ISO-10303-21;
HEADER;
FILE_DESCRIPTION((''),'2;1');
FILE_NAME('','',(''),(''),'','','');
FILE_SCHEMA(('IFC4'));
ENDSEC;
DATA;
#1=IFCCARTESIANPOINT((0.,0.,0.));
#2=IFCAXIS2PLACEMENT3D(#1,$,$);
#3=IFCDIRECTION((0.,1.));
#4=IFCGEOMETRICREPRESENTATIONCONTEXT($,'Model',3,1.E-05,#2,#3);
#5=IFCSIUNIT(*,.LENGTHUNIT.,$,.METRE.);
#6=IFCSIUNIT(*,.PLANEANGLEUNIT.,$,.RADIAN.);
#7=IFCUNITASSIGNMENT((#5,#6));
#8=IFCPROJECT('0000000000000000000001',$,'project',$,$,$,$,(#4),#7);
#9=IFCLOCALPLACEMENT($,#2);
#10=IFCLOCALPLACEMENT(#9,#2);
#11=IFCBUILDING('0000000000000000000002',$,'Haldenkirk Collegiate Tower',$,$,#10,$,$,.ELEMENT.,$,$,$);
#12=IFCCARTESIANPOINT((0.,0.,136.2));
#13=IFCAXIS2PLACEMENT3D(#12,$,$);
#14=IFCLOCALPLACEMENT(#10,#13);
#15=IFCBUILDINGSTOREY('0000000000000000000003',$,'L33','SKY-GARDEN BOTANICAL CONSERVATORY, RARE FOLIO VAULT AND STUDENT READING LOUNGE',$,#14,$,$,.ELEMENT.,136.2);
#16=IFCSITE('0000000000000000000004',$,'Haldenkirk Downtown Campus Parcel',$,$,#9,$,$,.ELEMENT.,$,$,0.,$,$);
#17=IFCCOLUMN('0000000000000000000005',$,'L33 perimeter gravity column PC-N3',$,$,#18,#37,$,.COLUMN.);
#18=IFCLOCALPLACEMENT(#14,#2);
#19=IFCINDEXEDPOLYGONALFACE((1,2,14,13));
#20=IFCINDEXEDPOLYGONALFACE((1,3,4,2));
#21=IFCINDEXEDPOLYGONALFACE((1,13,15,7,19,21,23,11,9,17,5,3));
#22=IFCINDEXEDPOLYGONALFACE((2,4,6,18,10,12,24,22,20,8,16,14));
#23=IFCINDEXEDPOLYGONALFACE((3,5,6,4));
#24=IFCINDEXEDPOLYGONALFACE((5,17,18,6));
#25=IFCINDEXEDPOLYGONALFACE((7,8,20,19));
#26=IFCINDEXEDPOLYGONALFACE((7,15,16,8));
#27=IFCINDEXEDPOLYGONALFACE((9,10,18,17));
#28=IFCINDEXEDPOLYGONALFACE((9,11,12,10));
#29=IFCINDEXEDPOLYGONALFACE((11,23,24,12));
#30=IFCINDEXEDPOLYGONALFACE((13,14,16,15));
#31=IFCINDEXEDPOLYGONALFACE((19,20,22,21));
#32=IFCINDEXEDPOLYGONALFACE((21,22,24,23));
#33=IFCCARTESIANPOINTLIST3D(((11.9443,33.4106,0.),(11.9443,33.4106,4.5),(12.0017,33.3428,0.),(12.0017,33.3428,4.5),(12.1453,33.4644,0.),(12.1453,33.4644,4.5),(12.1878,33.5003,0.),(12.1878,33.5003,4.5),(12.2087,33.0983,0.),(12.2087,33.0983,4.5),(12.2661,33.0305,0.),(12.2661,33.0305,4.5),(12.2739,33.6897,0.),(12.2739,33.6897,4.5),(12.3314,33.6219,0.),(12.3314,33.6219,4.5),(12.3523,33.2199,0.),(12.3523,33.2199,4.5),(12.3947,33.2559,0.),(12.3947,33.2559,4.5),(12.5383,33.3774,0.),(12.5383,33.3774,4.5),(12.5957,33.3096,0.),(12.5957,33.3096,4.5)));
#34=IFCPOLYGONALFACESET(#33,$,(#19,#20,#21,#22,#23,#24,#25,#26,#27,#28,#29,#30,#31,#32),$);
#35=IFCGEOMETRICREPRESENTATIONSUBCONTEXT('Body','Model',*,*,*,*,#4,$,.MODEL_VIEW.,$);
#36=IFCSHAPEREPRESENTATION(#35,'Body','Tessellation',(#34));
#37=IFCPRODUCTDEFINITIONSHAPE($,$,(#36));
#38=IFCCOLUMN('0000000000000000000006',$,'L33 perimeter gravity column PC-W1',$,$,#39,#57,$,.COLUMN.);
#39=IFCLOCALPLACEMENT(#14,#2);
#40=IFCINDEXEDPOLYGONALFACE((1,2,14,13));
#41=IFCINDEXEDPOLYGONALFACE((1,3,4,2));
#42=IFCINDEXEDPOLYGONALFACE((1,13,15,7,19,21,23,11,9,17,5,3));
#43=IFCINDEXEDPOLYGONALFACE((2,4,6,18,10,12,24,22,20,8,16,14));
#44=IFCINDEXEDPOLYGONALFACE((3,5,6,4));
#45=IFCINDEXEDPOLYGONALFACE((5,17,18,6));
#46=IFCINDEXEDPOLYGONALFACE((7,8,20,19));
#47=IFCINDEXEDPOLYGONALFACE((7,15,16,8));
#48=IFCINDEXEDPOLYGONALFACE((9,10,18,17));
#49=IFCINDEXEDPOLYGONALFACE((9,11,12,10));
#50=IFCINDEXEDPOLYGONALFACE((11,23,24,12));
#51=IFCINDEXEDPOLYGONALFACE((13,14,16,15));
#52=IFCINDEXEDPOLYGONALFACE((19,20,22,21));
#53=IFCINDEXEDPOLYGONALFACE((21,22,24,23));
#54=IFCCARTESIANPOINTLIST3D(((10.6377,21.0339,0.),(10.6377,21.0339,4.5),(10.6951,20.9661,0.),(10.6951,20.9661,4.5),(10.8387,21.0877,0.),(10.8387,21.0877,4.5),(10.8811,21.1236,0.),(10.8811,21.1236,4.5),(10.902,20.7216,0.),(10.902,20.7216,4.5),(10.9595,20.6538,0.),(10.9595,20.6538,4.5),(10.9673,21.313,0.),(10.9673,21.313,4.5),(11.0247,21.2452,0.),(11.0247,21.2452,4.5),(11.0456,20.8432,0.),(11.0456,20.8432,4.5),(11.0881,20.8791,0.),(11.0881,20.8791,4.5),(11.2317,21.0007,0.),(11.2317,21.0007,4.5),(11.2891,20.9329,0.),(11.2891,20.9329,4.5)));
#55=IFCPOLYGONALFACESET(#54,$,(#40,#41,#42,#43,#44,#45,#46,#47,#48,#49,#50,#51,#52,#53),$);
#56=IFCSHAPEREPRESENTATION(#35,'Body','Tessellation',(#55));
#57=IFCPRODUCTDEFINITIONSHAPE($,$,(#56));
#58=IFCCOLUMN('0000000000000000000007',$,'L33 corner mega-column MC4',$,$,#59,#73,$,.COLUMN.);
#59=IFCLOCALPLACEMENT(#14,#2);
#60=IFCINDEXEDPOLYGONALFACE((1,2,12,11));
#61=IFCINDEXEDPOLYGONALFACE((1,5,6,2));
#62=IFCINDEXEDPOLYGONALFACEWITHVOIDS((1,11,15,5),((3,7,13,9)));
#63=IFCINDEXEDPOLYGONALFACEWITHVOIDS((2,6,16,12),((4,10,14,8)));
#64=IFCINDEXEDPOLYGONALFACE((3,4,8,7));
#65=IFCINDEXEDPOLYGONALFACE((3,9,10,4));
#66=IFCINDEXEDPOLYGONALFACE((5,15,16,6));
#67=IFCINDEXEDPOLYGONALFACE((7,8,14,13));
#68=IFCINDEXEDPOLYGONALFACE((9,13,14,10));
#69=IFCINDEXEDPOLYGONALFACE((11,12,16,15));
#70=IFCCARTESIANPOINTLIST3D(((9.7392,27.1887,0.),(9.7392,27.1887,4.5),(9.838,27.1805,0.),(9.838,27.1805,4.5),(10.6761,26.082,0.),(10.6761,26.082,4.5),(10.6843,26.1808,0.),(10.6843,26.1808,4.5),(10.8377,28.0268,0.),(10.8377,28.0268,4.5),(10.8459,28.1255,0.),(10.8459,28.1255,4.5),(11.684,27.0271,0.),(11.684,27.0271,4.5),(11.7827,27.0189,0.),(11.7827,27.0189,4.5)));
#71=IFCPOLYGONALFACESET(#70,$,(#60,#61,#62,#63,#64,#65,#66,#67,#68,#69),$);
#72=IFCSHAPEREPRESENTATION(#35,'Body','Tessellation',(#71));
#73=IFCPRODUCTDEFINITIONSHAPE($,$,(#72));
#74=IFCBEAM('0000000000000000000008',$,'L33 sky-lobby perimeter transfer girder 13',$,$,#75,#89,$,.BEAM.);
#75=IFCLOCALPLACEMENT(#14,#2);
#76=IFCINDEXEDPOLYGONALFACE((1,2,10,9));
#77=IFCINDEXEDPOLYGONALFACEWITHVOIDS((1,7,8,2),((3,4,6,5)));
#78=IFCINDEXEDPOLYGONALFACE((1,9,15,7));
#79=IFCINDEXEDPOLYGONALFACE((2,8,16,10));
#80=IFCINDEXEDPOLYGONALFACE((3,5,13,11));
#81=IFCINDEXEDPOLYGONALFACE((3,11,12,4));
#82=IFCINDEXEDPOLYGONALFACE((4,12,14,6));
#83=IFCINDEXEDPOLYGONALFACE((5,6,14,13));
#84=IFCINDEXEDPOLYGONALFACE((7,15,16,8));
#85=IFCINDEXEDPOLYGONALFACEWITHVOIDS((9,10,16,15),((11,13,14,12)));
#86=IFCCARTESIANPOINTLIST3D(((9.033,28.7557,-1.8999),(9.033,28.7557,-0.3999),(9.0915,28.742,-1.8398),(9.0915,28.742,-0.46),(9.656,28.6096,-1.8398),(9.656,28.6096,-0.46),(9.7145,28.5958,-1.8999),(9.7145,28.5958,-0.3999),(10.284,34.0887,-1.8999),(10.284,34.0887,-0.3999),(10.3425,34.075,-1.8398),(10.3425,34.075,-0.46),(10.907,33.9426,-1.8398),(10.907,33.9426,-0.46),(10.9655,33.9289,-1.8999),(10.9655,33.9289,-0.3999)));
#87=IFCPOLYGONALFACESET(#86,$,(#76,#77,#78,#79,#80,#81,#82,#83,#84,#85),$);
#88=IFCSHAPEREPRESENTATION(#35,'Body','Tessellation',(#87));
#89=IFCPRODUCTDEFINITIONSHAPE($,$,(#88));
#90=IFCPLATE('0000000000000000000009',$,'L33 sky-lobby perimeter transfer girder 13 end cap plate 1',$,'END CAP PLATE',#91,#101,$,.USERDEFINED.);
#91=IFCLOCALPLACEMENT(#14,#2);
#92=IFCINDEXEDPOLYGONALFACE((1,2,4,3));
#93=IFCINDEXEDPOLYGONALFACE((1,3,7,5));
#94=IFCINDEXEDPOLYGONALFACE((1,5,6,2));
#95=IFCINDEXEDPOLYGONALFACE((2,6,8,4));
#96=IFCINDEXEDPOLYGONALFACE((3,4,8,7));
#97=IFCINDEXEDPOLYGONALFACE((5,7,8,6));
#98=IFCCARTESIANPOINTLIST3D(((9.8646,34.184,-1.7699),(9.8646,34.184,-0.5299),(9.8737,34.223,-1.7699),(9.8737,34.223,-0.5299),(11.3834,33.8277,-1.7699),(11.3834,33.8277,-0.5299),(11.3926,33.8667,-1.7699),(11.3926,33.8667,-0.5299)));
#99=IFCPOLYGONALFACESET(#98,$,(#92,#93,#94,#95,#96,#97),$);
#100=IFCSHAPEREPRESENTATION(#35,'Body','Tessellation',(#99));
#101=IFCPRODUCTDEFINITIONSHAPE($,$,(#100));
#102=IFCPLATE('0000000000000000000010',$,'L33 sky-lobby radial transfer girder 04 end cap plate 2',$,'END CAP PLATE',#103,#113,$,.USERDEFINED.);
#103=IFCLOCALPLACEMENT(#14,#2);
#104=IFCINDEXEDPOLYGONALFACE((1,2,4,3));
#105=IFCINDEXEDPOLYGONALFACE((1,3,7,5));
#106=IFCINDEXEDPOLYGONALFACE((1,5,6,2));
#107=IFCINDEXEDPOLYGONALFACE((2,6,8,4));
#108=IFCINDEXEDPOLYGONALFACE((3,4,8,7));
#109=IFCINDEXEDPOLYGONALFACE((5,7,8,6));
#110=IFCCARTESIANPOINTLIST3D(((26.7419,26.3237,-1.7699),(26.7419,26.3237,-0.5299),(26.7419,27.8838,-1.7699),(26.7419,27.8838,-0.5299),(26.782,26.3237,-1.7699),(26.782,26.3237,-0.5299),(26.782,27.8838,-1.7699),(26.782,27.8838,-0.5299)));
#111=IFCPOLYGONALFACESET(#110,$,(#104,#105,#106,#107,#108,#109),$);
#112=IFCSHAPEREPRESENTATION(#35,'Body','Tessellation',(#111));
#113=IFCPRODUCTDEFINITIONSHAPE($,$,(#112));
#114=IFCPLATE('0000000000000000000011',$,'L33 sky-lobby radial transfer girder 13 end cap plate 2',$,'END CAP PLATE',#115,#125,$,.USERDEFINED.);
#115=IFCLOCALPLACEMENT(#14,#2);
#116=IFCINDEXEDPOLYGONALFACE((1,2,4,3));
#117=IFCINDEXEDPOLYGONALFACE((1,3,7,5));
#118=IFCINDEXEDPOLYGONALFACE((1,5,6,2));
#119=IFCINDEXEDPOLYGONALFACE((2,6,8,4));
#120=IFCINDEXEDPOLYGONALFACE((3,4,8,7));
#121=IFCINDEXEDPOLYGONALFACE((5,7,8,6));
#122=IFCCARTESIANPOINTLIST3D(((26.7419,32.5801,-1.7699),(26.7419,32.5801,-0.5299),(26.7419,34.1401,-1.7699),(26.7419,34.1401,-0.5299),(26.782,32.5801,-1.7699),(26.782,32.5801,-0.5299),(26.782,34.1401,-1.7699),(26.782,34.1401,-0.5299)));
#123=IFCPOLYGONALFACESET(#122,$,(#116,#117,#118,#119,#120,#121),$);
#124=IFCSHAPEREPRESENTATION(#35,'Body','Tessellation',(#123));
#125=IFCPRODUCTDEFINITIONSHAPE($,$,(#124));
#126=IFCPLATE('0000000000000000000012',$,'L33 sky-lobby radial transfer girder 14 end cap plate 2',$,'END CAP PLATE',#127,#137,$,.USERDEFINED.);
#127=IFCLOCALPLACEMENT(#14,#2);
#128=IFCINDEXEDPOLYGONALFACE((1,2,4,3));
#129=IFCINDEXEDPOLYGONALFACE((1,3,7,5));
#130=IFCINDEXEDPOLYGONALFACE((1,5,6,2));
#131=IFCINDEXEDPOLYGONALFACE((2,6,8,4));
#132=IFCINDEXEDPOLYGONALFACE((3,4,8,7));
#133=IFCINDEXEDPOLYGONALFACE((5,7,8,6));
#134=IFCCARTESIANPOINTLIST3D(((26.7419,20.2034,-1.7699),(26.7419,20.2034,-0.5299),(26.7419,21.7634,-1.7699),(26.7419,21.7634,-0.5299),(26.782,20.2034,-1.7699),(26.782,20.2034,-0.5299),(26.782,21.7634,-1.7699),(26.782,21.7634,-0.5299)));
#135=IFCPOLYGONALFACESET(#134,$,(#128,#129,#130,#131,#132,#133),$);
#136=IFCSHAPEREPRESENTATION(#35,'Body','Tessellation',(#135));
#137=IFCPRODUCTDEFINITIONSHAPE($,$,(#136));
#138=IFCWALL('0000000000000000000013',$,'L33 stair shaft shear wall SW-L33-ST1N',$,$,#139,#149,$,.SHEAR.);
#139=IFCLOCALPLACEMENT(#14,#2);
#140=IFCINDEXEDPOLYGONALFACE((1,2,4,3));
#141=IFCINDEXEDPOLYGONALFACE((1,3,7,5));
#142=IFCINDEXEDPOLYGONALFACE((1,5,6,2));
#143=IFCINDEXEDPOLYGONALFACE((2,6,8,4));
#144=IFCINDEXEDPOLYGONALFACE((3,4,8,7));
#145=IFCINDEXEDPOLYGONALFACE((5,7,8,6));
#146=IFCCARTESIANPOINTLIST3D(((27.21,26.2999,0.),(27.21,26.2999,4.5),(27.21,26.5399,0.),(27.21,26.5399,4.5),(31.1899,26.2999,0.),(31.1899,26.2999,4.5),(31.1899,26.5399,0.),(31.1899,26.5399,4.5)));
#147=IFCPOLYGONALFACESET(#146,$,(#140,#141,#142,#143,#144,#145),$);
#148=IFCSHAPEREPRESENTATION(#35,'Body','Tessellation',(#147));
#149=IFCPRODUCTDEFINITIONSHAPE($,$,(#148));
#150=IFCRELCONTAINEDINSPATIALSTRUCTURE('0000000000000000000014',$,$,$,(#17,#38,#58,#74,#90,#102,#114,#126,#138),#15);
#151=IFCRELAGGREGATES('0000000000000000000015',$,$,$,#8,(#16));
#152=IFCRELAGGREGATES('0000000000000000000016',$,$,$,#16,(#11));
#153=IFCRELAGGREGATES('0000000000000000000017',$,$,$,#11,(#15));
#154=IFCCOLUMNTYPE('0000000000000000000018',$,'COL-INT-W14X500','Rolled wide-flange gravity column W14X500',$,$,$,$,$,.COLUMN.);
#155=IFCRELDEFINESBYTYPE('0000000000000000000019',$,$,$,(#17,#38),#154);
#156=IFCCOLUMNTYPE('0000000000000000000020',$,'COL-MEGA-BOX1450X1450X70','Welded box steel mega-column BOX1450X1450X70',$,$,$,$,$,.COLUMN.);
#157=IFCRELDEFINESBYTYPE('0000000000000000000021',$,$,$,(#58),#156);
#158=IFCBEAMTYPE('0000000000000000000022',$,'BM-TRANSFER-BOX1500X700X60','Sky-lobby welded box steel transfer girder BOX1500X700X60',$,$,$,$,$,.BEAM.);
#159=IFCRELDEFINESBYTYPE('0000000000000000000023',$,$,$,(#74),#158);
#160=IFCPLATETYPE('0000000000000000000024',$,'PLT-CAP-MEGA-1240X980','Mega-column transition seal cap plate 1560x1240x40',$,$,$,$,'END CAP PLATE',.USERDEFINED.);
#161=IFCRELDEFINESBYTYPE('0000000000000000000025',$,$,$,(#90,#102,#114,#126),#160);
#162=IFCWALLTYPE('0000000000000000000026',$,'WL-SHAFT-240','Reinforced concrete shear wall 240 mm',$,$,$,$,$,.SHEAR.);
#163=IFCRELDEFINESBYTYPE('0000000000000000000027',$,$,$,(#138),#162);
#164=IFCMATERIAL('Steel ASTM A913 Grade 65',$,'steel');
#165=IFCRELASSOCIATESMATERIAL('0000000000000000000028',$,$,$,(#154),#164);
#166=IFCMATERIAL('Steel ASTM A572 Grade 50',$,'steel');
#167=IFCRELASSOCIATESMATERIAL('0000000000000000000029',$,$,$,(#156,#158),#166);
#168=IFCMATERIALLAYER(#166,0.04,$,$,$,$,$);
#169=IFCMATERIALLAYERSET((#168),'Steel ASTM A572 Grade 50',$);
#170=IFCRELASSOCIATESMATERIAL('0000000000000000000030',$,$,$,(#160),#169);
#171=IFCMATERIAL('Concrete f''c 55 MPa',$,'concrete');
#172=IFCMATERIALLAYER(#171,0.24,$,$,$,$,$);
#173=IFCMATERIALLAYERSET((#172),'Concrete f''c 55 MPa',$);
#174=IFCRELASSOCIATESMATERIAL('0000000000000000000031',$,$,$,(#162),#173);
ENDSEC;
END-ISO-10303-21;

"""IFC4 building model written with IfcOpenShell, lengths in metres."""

from ifc_helpers import new_model, si_unit, direction, frame, frame_2d, origin, origin_2d, place, context, subcontext, project, spatial, rectangle, hollow_rectangle, i_section, extrude, source, transform, mapped, material, layer, layer_set, material_profile, profile_set, type_object, element, save


model = new_model("IFC4")

# Units and contexts
model_context = context("Model", 3, precision=1e-05, world=origin(), true_north=direction((0.0, 1.0)))
body_context = subcontext(model_context, "Body", "Model", "MODEL_VIEW")
ifc_project = project(units=[si_unit("LENGTHUNIT", "METRE"), si_unit("PLANEANGLEUNIT", "RADIAN")], contexts=[model_context])

# Site, building, storey
site_placement = place(None, origin())
site = spatial("IfcSite", under=ifc_project, at=site_placement, Name="Haldenkirk Downtown Campus Parcel", CompositionType="ELEMENT", RefElevation=0.0)
building_placement = place(site_placement, origin())
building = spatial("IfcBuilding", under=site, at=building_placement, Name="Haldenkirk Collegiate Tower", CompositionType="ELEMENT")
storey_placement = place(building_placement, frame((0.0, 0.0, 136.2)))
storey = spatial("IfcBuildingStorey", under=building, at=storey_placement, Name="L33", Description="SKY-GARDEN BOTANICAL CONSERVATORY, RARE FOLIO VAULT AND STUDENT READING LOUNGE", CompositionType="ELEMENT", Elevation=136.2)

# Columns
ifc_material_1 = material(Name="Steel ASTM A913 Grade 65", Category="steel")
ifc_material_profile_1 = material_profile(ifc_material_1, i_section(OverallWidth=0.4319, OverallDepth=0.498, WebThickness=0.0557, FlangeThickness=0.0889, at=origin_2d()), Name="W14X500")
ifc_profile_set_1 = profile_set([ifc_material_profile_1], Name="Steel ASTM A913 Grade 65")
column_type_1 = type_object("IfcColumnType", Name="COL-INT-W14X500", Description="Rolled wide-flange gravity column W14X500", PredefinedType="COLUMN", material=ifc_profile_set_1)
for number, where, z_axis, x_axis, name in (
    (1, (12.27, 33.3601, 0.0), (0.0, 0.0, 1.0), (0.763232, 0.646124, 0.0), "L33 perimeter gravity column PC-N3"),
    (2, (10.9634, 20.9834, 0.0), (0.0, 0.0, 1.0), (0.763232, 0.646124, 0.0), "L33 perimeter gravity column PC-W1"),
):
    element("IfcColumn", number, at=place(storey_placement, frame(where, z_axis=z_axis, x_axis=x_axis)), inside=storey, type_object=column_type_1, Name=name, PredefinedType="COLUMN", context=body_context, shape_type="SweptSolid", body=[
        extrude(i_section(OverallWidth=0.4319, OverallDepth=0.498, WebThickness=0.0557, FlangeThickness=0.0889, at=origin_2d()), origin(), (0.0, 0.0, 1.0), 4.5),
    ])
ifc_material_2 = material(Name="Steel ASTM A572 Grade 50", Category="steel")
ifc_material_profile_2 = material_profile(ifc_material_2, hollow_rectangle(XDim=1.45, YDim=1.45, WallThickness=0.0701, at=origin_2d()), Name="BOX1450X1450X70")
ifc_profile_set_2 = profile_set([ifc_material_profile_2], Name="Steel ASTM A572 Grade 50")
column_type_2 = type_object("IfcColumnType", Name="COL-MEGA-BOX1450X1450X70", Description="Welded box steel mega-column BOX1450X1450X70", PredefinedType="COLUMN", material=ifc_profile_set_2)
column_placement = place(storey_placement, frame((10.761, 27.1038, 0.0), z_axis=(0.0, 0.0, 1.0), x_axis=(0.763232, 0.646124, 0.0)))
element("IfcColumn", 3, at=column_placement, inside=storey, type_object=column_type_2, Name="L33 corner mega-column MC4", PredefinedType="COLUMN", context=body_context, shape_type="SweptSolid", body=[
    extrude(hollow_rectangle(XDim=1.45, YDim=1.45, WallThickness=0.0701, at=origin_2d()), origin(), (0.0, 0.0, 1.0), 4.5),
])

# Beam
ifc_material_profile_3 = material_profile(ifc_material_2, hollow_rectangle(XDim=0.7, YDim=1.5, WallThickness=0.0601, at=origin_2d()), Name="BOX1500X700X60")
ifc_profile_set_3 = profile_set([ifc_material_profile_3], Name="Steel ASTM A572 Grade 50")
beam_type = type_object("IfcBeamType", Name="BM-TRANSFER-BOX1500X700X60", Description="Sky-lobby welded box steel transfer girder BOX1500X700X60", PredefinedType="BEAM", material=ifc_profile_set_3)
beam_placement = place(storey_placement, frame((10.6248, 34.0088, -1.1499), z_axis=(-0.228374, -0.973574, 0.0), x_axis=(0.973574, -0.228374, 0.0)))
element("IfcBeam", 4, at=beam_placement, inside=storey, type_object=beam_type, Name="L33 sky-lobby perimeter transfer girder 13", PredefinedType="BEAM", context=body_context, shape_type="SweptSolid", body=[
    extrude(hollow_rectangle(XDim=0.7, YDim=1.5, WallThickness=0.0601, at=origin_2d()), origin(), (0.0, 0.0, 1.0), 5.4778),
])

# Plates
ifc_layer_1 = layer(ifc_material_2, 0.04)
ifc_layer_set_1 = layer_set([ifc_layer_1], Name="Steel ASTM A572 Grade 50")
plate_type = type_object("IfcPlateType", Name="PLT-CAP-MEGA-1240X980", Description="Mega-column transition seal cap plate 1560x1240x40", ElementType="END CAP PLATE", PredefinedType="USERDEFINED", material=ifc_layer_set_1)
shared_shape = source(origin(), body_context, "Body", "SweptSolid", [
    extrude(rectangle(XDim=1.5601, YDim=1.24, at=origin_2d()), origin(), (0.0, 0.0, 1.0), 0.04),
])
for number, where, z_axis, x_axis, name in (
    (5, (10.624, 34.0059, -1.1499), (0.228361, 0.973577, 0.0), (-0.973577, 0.228361, 0.0), "L33 sky-lobby perimeter transfer girder 13 end cap plate 1"),
    (6, (26.7419, 27.1038, -1.1499), (1.0, 0.0, 0.0), (0.0, 1.0, 0.0), "L33 sky-lobby radial transfer girder 04 end cap plate 2"),
    (7, (26.7419, 33.3601, -1.1499), (1.0, 0.0, 0.0), (0.0, 1.0, 0.0), "L33 sky-lobby radial transfer girder 13 end cap plate 2"),
    (8, (26.7419, 20.9834, -1.1499), (1.0, 0.0, 0.0), (0.0, 1.0, 0.0), "L33 sky-lobby radial transfer girder 14 end cap plate 2"),
):
    element("IfcPlate", number, at=place(storey_placement, frame(where, z_axis=z_axis, x_axis=x_axis)), inside=storey, type_object=plate_type, Name=name, ObjectType="END CAP PLATE", PredefinedType="USERDEFINED", context=body_context, shape_type="MappedRepresentation", body=[
        mapped(shared_shape, transform((0.0, 0.0, 0.0), x_axis=(1.0, 0.0, 0.0), y_axis=(0.0, 1.0, 0.0), z_axis=(0.0, 0.0, 1.0), scale=1.0)),
    ])

# Shared definitions
ifc_material_3 = material(Name="Concrete f'c 55 MPa", Category="concrete")

# Wall
ifc_layer_2 = layer(ifc_material_3, 0.24)
ifc_layer_set_2 = layer_set([ifc_layer_2], Name="Concrete f'c 55 MPa")
wall_type_1 = type_object("IfcWallType", Name="WL-SHAFT-240", Description="Reinforced concrete shear wall 240 mm", PredefinedType="SHEAR", material=ifc_layer_set_2)
wall_1_placement = place(storey_placement, frame((27.21, 26.4199, 0.0), z_axis=(0.0, 0.0, 1.0), x_axis=(1.0, 0.0, 0.0)))
element("IfcWall", 9, at=wall_1_placement, inside=storey, type_object=wall_type_1, Name="L33 stair shaft shear wall SW-L33-ST1N", PredefinedType="SHEAR", context=body_context, shape_type="SweptSolid", body=[
    extrude(rectangle(XDim=3.98, YDim=0.24, at=frame_2d((1.99, 0.0))), origin(), (0.0, 0.0, 1.0), 4.5),
])

save(model, "model.ifc")
